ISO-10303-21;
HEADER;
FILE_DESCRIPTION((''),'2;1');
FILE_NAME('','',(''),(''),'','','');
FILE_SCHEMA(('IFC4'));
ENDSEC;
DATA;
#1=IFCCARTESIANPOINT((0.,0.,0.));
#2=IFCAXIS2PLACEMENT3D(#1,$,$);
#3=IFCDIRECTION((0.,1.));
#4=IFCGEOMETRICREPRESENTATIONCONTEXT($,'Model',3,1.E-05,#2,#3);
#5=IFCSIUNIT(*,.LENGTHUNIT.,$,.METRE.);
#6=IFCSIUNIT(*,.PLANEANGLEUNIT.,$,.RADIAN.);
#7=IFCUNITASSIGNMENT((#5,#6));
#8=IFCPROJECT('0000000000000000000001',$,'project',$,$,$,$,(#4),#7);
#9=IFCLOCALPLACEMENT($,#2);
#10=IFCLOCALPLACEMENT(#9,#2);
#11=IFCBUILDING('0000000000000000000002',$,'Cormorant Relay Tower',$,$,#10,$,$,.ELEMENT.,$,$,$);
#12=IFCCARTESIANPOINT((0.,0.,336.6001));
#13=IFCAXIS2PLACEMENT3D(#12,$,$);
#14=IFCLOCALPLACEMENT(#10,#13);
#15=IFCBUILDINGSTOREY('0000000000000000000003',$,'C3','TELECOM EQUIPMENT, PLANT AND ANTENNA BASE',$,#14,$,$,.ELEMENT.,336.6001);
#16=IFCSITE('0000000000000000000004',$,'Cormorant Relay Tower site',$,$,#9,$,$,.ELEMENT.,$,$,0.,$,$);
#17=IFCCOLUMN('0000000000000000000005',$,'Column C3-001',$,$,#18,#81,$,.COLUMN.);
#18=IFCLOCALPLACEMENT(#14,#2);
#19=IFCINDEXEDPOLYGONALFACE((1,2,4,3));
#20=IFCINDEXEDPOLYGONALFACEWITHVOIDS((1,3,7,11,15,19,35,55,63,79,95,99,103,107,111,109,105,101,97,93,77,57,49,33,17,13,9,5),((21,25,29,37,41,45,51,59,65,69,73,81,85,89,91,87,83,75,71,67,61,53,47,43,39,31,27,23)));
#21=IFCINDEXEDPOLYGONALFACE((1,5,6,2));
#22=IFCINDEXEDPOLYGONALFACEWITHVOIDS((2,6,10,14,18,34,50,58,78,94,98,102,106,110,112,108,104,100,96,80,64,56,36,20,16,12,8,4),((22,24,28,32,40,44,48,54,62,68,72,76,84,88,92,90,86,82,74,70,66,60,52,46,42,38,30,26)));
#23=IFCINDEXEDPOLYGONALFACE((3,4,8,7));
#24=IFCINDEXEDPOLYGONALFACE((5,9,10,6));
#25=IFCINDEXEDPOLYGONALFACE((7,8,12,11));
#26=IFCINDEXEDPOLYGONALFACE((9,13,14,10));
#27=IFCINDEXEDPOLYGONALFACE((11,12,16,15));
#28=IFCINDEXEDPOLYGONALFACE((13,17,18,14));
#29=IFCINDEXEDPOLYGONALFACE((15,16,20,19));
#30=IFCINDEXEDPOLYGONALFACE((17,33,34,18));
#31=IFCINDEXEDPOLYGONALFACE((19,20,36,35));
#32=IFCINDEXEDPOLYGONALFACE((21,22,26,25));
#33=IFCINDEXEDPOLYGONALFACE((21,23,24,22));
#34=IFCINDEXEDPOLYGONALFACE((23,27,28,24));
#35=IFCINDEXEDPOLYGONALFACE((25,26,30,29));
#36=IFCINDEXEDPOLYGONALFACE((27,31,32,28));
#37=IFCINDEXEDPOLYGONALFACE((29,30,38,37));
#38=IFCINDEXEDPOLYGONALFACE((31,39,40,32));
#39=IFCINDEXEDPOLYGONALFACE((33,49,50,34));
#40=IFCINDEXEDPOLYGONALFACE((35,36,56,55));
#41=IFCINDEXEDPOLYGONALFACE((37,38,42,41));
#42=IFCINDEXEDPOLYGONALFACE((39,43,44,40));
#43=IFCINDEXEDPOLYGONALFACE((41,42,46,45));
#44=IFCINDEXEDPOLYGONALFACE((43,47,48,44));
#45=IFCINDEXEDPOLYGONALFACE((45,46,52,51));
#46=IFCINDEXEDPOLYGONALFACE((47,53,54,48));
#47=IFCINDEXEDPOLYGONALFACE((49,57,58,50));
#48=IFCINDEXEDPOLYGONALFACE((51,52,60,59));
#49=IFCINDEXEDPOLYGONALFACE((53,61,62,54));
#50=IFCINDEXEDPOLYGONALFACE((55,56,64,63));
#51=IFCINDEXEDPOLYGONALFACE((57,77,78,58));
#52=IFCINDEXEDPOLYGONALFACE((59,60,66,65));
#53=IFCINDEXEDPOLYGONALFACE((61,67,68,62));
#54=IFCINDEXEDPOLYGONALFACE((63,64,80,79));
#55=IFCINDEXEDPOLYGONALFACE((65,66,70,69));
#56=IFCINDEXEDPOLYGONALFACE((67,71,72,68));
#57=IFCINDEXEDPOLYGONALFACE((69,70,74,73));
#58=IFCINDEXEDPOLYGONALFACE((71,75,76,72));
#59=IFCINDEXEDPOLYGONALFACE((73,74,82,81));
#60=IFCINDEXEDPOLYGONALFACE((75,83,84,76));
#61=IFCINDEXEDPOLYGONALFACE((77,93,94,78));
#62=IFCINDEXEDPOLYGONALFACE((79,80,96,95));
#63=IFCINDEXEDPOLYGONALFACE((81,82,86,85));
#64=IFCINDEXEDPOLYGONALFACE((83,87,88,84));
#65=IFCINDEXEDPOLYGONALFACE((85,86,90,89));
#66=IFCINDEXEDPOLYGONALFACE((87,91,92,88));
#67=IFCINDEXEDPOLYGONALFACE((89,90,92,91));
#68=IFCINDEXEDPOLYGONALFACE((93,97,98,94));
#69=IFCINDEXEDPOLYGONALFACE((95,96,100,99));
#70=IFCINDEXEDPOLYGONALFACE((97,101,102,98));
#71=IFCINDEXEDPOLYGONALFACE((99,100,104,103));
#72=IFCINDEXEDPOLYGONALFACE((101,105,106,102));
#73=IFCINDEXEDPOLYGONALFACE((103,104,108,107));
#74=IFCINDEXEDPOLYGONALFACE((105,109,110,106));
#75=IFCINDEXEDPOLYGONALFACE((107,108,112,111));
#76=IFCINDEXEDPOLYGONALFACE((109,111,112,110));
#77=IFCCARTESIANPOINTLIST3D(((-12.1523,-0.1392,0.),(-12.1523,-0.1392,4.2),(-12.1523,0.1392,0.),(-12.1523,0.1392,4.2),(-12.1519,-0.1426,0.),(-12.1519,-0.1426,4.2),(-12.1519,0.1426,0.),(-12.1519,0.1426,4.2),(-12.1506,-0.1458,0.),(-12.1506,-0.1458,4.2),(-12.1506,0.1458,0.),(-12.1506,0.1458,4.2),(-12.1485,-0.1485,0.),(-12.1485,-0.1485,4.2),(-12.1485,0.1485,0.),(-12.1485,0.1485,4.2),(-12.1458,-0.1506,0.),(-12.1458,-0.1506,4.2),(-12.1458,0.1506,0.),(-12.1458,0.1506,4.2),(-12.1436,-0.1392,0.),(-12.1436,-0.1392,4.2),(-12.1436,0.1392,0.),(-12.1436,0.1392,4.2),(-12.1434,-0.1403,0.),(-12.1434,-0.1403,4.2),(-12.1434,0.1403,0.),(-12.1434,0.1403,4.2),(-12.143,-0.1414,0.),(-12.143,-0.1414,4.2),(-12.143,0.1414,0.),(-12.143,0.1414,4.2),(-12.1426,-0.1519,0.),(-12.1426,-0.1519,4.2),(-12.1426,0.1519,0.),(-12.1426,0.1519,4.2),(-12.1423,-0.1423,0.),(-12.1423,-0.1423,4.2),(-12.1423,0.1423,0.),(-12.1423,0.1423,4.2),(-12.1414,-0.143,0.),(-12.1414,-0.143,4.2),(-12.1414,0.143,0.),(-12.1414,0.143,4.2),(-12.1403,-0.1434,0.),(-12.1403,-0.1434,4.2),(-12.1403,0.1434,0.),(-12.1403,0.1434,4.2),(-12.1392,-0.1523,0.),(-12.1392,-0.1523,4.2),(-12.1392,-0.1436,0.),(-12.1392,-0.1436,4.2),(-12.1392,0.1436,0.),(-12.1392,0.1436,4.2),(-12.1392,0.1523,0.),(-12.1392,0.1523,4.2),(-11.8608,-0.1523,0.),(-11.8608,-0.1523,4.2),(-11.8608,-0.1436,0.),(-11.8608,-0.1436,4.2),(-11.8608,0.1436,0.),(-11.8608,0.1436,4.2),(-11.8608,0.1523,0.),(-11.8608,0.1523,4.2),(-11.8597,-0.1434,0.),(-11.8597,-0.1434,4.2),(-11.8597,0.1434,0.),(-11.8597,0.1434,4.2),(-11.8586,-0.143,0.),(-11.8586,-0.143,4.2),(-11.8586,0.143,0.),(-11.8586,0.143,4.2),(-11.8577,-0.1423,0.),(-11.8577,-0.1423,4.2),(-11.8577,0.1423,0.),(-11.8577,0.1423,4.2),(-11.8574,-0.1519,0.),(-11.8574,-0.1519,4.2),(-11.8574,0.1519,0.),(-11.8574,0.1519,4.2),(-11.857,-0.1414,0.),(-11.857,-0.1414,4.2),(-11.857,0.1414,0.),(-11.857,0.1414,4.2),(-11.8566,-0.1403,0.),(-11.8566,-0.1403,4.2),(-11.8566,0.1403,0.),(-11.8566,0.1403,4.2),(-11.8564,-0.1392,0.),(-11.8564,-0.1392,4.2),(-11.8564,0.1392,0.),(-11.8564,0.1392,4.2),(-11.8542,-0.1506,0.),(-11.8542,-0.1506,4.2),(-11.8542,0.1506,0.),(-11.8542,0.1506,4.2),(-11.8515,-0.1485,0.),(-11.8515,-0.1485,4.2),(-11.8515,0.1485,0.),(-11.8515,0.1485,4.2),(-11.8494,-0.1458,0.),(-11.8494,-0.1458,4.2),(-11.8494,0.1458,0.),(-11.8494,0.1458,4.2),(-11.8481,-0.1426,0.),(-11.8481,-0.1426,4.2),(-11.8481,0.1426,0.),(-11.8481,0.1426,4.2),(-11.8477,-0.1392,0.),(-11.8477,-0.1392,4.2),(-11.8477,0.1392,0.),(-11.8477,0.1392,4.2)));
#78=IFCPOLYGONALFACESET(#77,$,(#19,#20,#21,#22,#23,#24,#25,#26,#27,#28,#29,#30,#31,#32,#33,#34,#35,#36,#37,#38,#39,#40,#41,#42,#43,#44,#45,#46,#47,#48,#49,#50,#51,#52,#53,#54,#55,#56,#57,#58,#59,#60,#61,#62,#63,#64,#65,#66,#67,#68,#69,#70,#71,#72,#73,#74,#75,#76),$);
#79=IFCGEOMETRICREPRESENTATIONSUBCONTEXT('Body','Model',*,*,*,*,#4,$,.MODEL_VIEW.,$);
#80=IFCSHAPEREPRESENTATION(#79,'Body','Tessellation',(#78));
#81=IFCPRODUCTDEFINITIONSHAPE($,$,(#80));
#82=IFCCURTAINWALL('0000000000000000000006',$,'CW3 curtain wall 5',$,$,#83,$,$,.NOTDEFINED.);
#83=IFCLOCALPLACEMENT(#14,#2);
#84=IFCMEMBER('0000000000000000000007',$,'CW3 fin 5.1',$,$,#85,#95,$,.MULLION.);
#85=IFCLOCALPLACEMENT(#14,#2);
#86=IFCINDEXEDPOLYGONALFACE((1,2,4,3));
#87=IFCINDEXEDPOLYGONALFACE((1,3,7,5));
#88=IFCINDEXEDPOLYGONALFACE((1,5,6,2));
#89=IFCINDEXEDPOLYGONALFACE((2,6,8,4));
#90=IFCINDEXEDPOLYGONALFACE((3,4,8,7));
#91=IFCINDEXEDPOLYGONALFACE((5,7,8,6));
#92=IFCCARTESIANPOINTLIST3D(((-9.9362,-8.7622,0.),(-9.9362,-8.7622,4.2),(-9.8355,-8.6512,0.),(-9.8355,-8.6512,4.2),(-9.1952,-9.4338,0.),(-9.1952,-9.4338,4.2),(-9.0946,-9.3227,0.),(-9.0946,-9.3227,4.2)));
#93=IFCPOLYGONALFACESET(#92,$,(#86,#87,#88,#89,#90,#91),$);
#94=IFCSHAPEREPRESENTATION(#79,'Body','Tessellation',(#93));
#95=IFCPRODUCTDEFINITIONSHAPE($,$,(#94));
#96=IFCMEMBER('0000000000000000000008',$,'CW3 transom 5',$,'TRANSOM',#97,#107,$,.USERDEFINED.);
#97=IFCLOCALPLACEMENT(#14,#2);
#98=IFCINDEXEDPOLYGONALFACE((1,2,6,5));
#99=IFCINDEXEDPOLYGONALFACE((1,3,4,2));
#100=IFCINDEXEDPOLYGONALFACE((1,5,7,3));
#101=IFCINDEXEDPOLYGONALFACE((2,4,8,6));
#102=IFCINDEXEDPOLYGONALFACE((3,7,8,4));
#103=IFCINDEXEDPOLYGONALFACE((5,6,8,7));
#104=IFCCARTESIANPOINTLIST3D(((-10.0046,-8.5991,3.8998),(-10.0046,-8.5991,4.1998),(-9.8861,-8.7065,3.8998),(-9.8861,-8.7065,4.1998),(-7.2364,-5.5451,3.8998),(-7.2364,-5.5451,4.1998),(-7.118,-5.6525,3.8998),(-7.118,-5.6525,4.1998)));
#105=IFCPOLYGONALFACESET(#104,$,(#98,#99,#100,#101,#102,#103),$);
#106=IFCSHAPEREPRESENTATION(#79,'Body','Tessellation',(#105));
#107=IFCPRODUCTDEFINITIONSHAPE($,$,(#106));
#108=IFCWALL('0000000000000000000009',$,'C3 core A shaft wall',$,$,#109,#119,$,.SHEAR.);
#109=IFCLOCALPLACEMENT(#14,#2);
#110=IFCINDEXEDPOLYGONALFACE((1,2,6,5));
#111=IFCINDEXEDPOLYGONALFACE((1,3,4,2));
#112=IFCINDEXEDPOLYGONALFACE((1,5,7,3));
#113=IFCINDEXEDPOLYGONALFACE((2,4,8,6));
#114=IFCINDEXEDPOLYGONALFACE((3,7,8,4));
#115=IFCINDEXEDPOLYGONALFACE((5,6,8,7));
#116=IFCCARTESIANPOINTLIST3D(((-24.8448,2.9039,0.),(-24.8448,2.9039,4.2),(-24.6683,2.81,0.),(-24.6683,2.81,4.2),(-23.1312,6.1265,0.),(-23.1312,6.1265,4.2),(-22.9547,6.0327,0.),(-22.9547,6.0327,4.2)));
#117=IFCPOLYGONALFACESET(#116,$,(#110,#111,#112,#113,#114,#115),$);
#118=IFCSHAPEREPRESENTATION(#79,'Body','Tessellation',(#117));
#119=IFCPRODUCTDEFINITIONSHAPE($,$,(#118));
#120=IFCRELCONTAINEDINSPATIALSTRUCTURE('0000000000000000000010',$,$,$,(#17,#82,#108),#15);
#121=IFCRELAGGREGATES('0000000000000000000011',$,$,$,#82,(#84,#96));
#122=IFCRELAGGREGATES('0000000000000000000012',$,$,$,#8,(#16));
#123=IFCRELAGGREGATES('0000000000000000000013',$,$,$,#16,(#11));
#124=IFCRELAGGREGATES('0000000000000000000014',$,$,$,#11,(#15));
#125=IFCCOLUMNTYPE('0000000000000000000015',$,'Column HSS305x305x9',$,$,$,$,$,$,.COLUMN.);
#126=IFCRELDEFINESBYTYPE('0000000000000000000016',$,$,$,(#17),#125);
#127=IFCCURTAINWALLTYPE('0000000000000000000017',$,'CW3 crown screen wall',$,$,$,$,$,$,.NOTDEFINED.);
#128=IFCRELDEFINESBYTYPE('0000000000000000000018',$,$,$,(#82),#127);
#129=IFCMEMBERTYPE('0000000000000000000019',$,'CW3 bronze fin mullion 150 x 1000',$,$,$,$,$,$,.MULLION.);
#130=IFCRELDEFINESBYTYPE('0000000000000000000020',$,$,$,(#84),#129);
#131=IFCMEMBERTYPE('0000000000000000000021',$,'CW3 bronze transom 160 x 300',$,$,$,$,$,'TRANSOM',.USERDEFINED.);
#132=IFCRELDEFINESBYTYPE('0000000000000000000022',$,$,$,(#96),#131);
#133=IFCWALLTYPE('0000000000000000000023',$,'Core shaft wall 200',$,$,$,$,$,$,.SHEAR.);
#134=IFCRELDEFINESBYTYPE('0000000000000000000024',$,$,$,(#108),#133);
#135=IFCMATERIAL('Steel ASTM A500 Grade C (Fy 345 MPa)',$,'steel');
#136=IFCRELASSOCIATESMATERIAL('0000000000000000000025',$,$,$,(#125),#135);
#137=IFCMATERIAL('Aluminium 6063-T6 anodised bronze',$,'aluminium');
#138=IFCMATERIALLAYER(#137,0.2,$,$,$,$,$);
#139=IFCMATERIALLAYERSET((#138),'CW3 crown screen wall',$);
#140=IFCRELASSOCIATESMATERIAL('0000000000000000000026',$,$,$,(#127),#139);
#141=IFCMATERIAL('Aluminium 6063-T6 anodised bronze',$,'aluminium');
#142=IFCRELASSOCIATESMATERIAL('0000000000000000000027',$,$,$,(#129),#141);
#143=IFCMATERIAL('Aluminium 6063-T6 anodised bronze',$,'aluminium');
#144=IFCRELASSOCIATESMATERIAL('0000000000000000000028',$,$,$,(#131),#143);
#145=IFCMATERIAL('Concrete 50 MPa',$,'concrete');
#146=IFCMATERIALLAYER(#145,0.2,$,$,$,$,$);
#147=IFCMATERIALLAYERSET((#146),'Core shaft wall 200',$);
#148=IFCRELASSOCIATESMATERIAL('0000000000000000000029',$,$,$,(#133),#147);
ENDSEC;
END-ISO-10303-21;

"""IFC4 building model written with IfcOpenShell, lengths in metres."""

from ifc_helpers import new_model, si_unit, direction, frame, frame_2d, origin, origin_2d, place, context, subcontext, project, spatial, rectangle, hollow_rectangle, extrude, material, layer, layer_set, material_profile, profile_set, type_object, element, aggregate, save


model = new_model("IFC4")

# Units and contexts
model_context = context("Model", 3, precision=1e-05, world=origin(), true_north=direction((0.0, 1.0)))
body_context = subcontext(model_context, "Body", "Model", "MODEL_VIEW")
ifc_project = project(units=[si_unit("LENGTHUNIT", "METRE"), si_unit("PLANEANGLEUNIT", "RADIAN")], contexts=[model_context])

# Site, building, storey
site_placement = place(None, origin())
site = spatial("IfcSite", under=ifc_project, at=site_placement, Name="Cormorant Relay Tower site", CompositionType="ELEMENT", RefElevation=0.0)
building_placement = place(site_placement, origin())
building = spatial("IfcBuilding", under=site, at=building_placement, Name="Cormorant Relay Tower", CompositionType="ELEMENT")
storey_placement = place(building_placement, frame((0.0, 0.0, 336.6001)))
storey = spatial("IfcBuildingStorey", under=building, at=storey_placement, Name="C3", Description="TELECOM EQUIPMENT, PLANT AND ANTENNA BASE", CompositionType="ELEMENT", Elevation=336.6001)

# Column
ifc_material_1 = material(Name="Steel ASTM A500 Grade C (Fy 345 MPa)", Category="steel")
ifc_material_profile_1 = material_profile(ifc_material_1, hollow_rectangle(XDim=0.3047, YDim=0.3047, WallThickness=0.0088, InnerFilletRadius=0.0044, OuterFilletRadius=0.0132, at=origin_2d()), Name="HSS305x305x9")
ifc_profile_set_1 = profile_set([ifc_material_profile_1], Name="Steel ASTM A500 Grade C (Fy 345 MPa)")
column_type = type_object("IfcColumnType", Name="Column HSS305x305x9", PredefinedType="COLUMN", material=ifc_profile_set_1)
column_placement = place(storey_placement, frame((-12.0, 0.0, 0.0), z_axis=(0.0, 0.0, 1.0), x_axis=(1.0, 0.0, 0.0)))
element("IfcColumn", 1, at=column_placement, inside=storey, type_object=column_type, Name="Column C3-001", PredefinedType="COLUMN", context=body_context, shape_type="SweptSolid", body=[
    extrude(hollow_rectangle(XDim=0.3047, YDim=0.3047, WallThickness=0.0088, InnerFilletRadius=0.0044, OuterFilletRadius=0.0132, at=origin_2d()), origin(), (0.0, 0.0, 1.0), 4.2),
])

# Curtain wall, members
ifc_material_2 = material(Name="Aluminium 6063-T6 anodised bronze", Category="aluminium")
ifc_layer_1 = layer(ifc_material_2, 0.2)
ifc_layer_set_1 = layer_set([ifc_layer_1], Name="CW3 crown screen wall")
curtain_wall_type = type_object("IfcCurtainWallType", Name="CW3 crown screen wall", PredefinedType="NOTDEFINED", material=ifc_layer_set_1)
curtain_wall_placement = place(storey_placement, origin())
curtain_wall = element("IfcCurtainWall", 2, at=curtain_wall_placement, inside=storey, type_object=curtain_wall_type, Name="CW3 curtain wall 5", PredefinedType="NOTDEFINED")
ifc_material_3 = material(Name="Aluminium 6063-T6 anodised bronze", Category="aluminium")
ifc_material_profile_2 = material_profile(ifc_material_3, rectangle(XDim=0.1499, YDim=1.0, at=origin_2d()), Name="AL 150x1000")
ifc_profile_set_2 = profile_set([ifc_material_profile_2], Name="Aluminium 6063-T6 anodised bronze")
member_type_1 = type_object("IfcMemberType", Name="CW3 bronze fin mullion 150 x 1000", PredefinedType="MULLION", material=ifc_profile_set_2)
member_1_placement = place(storey_placement, frame((-9.5154, -9.0425, 0.0), z_axis=(0.0, 0.0, 1.0), x_axis=(0.671559, 0.740951, 0.0)))
member_1 = element("IfcMember", 3, at=member_1_placement, type_object=member_type_1, Name="CW3 fin 5.1", PredefinedType="MULLION", context=body_context, shape_type="SweptSolid", body=[
    extrude(rectangle(XDim=0.1499, YDim=1.0, at=origin_2d()), origin(), (0.0, 0.0, 1.0), 4.2),
])
ifc_material_4 = material(Name="Aluminium 6063-T6 anodised bronze", Category="aluminium")
ifc_material_profile_3 = material_profile(ifc_material_4, rectangle(XDim=0.1599, YDim=0.3, at=origin_2d()), Name="AL 160x300")
ifc_profile_set_3 = profile_set([ifc_material_profile_3], Name="Aluminium 6063-T6 anodised bronze")
member_type_2 = type_object("IfcMemberType", Name="CW3 bronze transom 160 x 300", ElementType="TRANSOM", PredefinedType="USERDEFINED", material=ifc_profile_set_3)
member_2_placement = place(storey_placement, frame((-9.9453, -8.6528, 4.0498), z_axis=(0.671575, 0.740936, 0.0), x_axis=(-0.740936, 0.671575, 0.0)))
member_2 = element("IfcMember", 4, at=member_2_placement, type_object=member_type_2, Name="CW3 transom 5", ObjectType="TRANSOM", PredefinedType="USERDEFINED", context=body_context, shape_type="SweptSolid", body=[
    extrude(rectangle(XDim=0.1599, YDim=0.3, at=origin_2d()), origin(), (0.0, 0.0, 1.0), 4.1218),
])

# Wall
ifc_material_5 = material(Name="Concrete 50 MPa", Category="concrete")
ifc_layer_2 = layer(ifc_material_5, 0.2)
ifc_layer_set_2 = layer_set([ifc_layer_2], Name="Core shaft wall 200")
wall_type_1 = type_object("IfcWallType", Name="Core shaft wall 200", PredefinedType="SHEAR", material=ifc_layer_set_2)
wall_1_placement = place(storey_placement, frame((-23.043, 6.0796, 0.0), z_axis=(0.0, 0.0, 1.0), x_axis=(-0.469494, -0.882936, 0.0)))
element("IfcWall", 5, at=wall_1_placement, inside=storey, type_object=wall_type_1, Name="C3 core A shaft wall", PredefinedType="SHEAR", context=body_context, shape_type="SweptSolid", body=[
    extrude(rectangle(XDim=3.6499, YDim=0.2, at=frame_2d((1.825, 0.0))), origin(), (0.0, 0.0, 1.0), 4.2),
])

aggregate(curtain_wall, [member_1, member_2])

save(model, "model.ifc")
